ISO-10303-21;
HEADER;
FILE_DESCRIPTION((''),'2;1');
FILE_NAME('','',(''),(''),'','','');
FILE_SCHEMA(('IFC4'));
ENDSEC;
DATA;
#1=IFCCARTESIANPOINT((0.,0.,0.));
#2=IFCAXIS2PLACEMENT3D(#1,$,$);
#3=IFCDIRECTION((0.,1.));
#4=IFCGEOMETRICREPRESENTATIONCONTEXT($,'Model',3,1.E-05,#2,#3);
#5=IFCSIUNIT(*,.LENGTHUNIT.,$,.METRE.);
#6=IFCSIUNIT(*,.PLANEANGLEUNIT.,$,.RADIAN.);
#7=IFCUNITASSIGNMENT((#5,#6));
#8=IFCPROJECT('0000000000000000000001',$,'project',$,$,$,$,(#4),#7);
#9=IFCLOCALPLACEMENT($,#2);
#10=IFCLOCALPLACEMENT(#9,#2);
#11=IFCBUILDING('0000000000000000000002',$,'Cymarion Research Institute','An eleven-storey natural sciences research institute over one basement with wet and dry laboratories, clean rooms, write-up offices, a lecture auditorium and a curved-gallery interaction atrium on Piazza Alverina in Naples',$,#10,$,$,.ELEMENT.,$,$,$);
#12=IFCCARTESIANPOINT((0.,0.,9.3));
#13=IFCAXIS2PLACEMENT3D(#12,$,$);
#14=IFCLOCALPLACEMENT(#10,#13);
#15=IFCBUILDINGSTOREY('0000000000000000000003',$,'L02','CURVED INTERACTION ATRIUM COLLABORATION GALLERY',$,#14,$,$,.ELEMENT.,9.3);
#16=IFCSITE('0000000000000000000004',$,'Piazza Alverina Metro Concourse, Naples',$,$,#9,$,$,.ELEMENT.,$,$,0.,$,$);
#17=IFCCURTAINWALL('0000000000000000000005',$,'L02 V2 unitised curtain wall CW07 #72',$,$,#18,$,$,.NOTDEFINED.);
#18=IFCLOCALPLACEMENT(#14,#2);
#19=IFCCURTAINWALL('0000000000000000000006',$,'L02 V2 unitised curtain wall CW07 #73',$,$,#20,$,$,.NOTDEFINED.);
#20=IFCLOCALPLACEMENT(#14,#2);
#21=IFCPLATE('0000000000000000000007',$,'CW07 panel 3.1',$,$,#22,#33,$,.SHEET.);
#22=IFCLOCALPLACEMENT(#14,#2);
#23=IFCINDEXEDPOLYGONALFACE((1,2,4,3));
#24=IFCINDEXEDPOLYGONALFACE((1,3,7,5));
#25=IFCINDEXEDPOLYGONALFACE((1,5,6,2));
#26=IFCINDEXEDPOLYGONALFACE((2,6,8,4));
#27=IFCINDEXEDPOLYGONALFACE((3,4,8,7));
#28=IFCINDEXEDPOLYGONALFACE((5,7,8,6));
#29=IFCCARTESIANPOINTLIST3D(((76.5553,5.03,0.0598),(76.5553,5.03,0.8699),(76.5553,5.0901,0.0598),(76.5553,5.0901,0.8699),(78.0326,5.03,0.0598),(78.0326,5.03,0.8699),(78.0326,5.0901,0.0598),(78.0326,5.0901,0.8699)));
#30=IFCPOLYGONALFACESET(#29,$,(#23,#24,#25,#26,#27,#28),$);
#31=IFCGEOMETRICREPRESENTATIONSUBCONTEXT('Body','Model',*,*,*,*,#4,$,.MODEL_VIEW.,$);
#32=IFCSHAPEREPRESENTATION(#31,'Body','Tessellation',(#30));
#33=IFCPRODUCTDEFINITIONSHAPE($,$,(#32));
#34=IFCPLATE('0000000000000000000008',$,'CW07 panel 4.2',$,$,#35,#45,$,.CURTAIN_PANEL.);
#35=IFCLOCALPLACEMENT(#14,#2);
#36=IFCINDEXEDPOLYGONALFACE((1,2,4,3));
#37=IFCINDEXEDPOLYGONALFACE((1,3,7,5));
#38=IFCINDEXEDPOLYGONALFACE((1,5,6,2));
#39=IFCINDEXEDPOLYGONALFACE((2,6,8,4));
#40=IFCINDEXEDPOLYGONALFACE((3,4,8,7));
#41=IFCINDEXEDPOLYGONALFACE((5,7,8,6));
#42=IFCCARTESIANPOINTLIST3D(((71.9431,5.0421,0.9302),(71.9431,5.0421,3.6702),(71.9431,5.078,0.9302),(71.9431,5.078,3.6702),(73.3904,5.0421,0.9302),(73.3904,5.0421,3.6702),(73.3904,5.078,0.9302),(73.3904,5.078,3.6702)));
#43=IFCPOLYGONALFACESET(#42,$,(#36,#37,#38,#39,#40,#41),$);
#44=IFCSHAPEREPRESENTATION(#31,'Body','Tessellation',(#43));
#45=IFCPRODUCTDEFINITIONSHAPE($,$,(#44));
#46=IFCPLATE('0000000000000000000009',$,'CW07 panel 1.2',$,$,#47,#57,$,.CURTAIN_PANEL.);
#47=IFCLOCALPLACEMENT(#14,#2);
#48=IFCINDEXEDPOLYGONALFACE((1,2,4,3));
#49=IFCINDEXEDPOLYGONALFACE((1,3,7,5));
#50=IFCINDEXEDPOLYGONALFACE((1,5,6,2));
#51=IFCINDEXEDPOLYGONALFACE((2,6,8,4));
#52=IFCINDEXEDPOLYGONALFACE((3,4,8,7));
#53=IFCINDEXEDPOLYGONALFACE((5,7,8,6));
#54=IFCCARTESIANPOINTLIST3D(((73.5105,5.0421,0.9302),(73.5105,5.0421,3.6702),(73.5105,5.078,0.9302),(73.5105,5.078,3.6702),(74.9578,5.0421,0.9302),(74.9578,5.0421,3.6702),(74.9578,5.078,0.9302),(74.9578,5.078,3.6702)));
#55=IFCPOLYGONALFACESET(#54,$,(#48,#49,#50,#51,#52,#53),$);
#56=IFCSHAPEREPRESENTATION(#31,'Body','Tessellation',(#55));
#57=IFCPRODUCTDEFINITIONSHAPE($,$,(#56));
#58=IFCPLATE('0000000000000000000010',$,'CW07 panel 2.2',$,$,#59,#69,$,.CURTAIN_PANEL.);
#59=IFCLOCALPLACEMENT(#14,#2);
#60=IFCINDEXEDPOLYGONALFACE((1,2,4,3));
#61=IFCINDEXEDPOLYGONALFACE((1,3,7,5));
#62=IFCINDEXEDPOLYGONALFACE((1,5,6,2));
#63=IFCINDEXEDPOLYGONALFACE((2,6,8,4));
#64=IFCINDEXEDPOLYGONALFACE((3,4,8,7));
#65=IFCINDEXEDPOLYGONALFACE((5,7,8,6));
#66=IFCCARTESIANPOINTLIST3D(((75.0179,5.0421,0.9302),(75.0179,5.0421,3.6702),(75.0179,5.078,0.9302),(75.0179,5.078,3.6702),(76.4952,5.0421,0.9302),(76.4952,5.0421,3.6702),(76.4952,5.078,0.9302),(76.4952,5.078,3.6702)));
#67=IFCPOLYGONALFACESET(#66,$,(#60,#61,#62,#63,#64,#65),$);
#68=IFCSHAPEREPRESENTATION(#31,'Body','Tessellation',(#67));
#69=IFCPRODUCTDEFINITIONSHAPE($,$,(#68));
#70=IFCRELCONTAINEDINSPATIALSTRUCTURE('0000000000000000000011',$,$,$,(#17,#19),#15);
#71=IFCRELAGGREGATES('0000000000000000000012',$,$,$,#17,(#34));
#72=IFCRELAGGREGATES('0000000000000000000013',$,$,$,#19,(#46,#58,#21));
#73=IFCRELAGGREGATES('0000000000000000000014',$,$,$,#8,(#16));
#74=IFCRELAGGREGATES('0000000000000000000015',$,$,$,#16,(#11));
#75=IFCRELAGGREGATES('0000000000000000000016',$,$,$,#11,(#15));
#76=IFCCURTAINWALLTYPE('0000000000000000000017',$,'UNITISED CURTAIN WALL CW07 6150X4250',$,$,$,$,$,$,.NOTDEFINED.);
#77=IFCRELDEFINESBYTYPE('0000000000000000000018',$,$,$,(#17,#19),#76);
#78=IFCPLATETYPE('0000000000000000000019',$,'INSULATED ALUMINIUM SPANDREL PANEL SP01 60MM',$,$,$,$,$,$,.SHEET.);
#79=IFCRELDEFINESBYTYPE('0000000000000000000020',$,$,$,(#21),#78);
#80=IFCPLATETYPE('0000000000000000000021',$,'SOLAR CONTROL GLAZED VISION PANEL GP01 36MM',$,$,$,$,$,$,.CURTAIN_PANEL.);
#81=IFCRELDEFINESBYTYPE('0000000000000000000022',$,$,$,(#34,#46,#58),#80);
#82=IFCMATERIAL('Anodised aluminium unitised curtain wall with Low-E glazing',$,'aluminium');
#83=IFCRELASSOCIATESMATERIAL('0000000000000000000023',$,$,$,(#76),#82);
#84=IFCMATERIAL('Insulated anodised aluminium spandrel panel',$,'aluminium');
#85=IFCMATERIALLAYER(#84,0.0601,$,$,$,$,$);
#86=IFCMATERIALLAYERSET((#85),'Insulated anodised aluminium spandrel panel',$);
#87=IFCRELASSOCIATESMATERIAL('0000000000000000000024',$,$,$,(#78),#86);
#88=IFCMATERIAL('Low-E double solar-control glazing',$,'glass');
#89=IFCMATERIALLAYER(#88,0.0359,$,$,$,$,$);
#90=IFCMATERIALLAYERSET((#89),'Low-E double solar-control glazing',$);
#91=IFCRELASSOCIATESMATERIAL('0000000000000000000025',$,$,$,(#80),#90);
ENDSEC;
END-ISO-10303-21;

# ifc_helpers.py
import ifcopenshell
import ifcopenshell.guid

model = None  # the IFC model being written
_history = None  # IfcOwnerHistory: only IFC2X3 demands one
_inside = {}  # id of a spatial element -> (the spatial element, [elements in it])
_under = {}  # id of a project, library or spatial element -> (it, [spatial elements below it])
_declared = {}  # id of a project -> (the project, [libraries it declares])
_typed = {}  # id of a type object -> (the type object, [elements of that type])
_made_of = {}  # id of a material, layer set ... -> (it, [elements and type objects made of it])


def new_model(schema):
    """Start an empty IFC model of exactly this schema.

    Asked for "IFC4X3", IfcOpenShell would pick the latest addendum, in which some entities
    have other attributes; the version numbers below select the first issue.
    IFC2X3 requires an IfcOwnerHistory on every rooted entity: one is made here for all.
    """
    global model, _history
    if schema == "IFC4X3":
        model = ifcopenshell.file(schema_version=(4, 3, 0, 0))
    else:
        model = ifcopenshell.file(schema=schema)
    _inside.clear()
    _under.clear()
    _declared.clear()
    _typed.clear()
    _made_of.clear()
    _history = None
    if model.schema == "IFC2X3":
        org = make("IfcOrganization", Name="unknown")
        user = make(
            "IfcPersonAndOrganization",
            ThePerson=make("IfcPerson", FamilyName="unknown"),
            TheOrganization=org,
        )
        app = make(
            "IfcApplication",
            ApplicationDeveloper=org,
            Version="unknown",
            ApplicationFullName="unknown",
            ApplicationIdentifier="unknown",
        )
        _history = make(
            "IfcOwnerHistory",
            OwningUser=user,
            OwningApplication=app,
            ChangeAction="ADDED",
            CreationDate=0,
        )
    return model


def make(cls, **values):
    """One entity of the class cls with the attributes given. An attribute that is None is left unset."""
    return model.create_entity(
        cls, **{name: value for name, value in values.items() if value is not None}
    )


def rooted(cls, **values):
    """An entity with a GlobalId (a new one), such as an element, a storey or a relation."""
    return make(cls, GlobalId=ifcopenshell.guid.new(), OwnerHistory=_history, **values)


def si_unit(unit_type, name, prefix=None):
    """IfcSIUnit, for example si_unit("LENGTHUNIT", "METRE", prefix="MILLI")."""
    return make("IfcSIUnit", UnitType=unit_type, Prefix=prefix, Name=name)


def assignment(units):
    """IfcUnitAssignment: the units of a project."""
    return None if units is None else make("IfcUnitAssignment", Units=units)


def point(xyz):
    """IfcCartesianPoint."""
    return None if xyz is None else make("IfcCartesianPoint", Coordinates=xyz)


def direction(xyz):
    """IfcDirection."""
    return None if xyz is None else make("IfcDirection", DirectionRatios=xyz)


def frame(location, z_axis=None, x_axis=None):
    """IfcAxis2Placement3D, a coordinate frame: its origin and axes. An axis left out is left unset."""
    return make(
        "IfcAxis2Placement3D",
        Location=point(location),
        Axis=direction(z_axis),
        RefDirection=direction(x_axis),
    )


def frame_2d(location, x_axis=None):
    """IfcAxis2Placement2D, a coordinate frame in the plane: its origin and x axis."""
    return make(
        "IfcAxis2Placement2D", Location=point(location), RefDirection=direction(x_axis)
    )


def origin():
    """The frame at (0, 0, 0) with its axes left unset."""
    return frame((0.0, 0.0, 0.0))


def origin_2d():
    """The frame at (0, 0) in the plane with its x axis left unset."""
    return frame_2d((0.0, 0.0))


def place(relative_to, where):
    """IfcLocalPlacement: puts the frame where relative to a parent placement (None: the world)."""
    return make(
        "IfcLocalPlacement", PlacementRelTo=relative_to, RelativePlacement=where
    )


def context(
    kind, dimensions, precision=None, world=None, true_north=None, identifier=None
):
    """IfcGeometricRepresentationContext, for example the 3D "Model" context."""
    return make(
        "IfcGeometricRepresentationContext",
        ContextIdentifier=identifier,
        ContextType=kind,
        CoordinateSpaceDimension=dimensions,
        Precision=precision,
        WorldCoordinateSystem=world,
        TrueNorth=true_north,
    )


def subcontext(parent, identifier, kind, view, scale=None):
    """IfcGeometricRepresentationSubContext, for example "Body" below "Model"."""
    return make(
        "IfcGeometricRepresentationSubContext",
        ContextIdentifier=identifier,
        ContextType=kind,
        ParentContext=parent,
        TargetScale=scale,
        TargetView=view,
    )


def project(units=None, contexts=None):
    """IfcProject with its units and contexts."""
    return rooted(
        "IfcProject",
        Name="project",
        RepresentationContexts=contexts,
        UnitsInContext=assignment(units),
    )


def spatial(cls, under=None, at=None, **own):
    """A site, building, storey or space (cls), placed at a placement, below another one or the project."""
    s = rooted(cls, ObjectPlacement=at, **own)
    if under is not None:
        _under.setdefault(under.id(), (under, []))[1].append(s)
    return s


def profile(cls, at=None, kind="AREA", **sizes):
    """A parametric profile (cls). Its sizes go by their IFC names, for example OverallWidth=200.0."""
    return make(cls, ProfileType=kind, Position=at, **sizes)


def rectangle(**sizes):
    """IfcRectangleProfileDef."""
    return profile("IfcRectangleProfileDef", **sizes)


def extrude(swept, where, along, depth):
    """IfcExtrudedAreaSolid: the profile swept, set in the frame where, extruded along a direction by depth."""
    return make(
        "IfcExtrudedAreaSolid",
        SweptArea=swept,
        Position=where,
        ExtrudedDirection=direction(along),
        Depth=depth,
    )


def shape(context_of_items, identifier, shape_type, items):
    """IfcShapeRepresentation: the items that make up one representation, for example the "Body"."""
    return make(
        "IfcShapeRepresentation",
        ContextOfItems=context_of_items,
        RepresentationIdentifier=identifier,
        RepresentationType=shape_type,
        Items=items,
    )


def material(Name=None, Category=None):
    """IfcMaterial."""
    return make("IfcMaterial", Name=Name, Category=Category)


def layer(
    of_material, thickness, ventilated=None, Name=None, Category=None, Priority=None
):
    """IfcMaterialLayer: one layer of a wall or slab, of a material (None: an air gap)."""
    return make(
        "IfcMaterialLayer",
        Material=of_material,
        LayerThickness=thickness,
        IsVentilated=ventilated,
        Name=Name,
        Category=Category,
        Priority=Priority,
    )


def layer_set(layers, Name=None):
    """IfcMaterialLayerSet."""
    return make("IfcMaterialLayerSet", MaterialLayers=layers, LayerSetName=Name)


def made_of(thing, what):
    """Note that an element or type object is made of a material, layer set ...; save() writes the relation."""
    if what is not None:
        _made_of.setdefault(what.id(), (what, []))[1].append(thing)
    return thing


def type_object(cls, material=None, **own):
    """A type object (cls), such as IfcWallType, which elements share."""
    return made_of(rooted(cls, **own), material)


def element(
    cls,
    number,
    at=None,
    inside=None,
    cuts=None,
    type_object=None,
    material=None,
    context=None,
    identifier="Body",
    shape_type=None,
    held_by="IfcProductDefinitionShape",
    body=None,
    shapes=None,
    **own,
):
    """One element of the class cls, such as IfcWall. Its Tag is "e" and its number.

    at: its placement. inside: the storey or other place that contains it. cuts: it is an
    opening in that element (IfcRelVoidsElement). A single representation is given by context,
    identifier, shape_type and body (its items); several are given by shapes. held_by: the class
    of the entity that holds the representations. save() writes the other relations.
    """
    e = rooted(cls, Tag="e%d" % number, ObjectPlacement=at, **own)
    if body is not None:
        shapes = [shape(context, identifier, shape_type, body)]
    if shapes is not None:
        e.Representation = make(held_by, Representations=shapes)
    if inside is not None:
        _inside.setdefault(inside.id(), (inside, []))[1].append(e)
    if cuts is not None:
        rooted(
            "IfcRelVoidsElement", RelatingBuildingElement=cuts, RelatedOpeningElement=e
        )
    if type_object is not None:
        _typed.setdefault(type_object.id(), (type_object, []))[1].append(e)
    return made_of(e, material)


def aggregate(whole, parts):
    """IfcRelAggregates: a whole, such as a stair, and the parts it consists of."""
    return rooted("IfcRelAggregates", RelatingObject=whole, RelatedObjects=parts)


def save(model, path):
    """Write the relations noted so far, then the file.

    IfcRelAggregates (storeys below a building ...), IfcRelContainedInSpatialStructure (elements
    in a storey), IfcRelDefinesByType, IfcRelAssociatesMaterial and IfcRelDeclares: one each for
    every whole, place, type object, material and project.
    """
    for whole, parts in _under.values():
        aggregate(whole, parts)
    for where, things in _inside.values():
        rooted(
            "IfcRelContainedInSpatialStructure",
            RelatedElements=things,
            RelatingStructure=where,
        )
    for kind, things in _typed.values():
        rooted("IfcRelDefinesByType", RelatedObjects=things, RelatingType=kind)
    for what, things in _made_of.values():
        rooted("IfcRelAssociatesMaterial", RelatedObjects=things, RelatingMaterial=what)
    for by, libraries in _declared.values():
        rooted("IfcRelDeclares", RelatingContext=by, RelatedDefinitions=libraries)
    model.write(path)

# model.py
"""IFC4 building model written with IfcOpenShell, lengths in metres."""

from ifc_helpers import new_model, si_unit, direction, frame, origin, origin_2d, place, context, subcontext, project, spatial, rectangle, extrude, material, layer, layer_set, type_object, element, aggregate, save


model = new_model("IFC4")

# Units and contexts
model_context = context("Model", 3, precision=1e-05, world=origin(), true_north=direction((0.0, 1.0)))
body_context = subcontext(model_context, "Body", "Model", "MODEL_VIEW")
ifc_project = project(units=[si_unit("LENGTHUNIT", "METRE"), si_unit("PLANEANGLEUNIT", "RADIAN")], contexts=[model_context])

# Site, building, storey
site_placement = place(None, origin())
site = spatial("IfcSite", under=ifc_project, at=site_placement, Name="Piazza Alverina Metro Concourse, Naples", CompositionType="ELEMENT", RefElevation=0.0)
building_placement = place(site_placement, origin())
building = spatial("IfcBuilding", under=site, at=building_placement, Name="Cymarion Research Institute", Description="An eleven-storey natural sciences research institute over one basement with wet and dry laboratories, clean rooms, write-up offices, a lecture auditorium and a curved-gallery interaction atrium on Piazza Alverina in Naples", CompositionType="ELEMENT")
storey_placement = place(building_placement, frame((0.0, 0.0, 9.3)))
storey = spatial("IfcBuildingStorey", under=building, at=storey_placement, Name="L02", Description="CURVED INTERACTION ATRIUM COLLABORATION GALLERY", CompositionType="ELEMENT", Elevation=9.3)

# Curtain wall
ifc_material_1 = material(Name="Anodised aluminium unitised curtain wall with Low-E glazing", Category="aluminium")
curtain_wall_type = type_object("IfcCurtainWallType", Name="UNITISED CURTAIN WALL CW07 6150X4250", PredefinedType="NOTDEFINED", material=ifc_material_1)
curtain_wall_1_placement = place(storey_placement, origin())
curtain_wall_1 = element("IfcCurtainWall", 1, at=curtain_wall_1_placement, inside=storey, type_object=curtain_wall_type, Name="L02 V2 unitised curtain wall CW07 #72", PredefinedType="NOTDEFINED")

# Curtain wall
curtain_wall_2_placement = place(storey_placement, origin())
curtain_wall_2 = element("IfcCurtainWall", 2, at=curtain_wall_2_placement, inside=storey, type_object=curtain_wall_type, Name="L02 V2 unitised curtain wall CW07 #73", PredefinedType="NOTDEFINED")

# Plates
ifc_material_2 = material(Name="Insulated anodised aluminium spandrel panel", Category="aluminium")
ifc_layer_1 = layer(ifc_material_2, 0.0601)
ifc_layer_set_1 = layer_set([ifc_layer_1], Name="Insulated anodised aluminium spandrel panel")
plate_type_1 = type_object("IfcPlateType", Name="INSULATED ALUMINIUM SPANDREL PANEL SP01 60MM", PredefinedType="SHEET", material=ifc_layer_set_1)
plate_1_placement = place(storey_placement, frame((77.2939, 5.0601, 0.0598), z_axis=(0.0, 0.0, 1.0), x_axis=(1.0, 0.0, 0.0)))
plate_1 = element("IfcPlate", 3, at=plate_1_placement, type_object=plate_type_1, Name="CW07 panel 3.1", PredefinedType="SHEET", context=body_context, shape_type="SweptSolid", body=[
    extrude(rectangle(XDim=1.4773, YDim=0.0601, at=origin_2d()), origin(), (0.0, 0.0, 1.0), 0.8101),
])
ifc_material_3 = material(Name="Low-E double solar-control glazing", Category="glass")
ifc_layer_2 = layer(ifc_material_3, 0.0359)
ifc_layer_set_2 = layer_set([ifc_layer_2], Name="Low-E double solar-control glazing")
plate_type_2 = type_object("IfcPlateType", Name="SOLAR CONTROL GLAZED VISION PANEL GP01 36MM", PredefinedType="CURTAIN_PANEL", material=ifc_layer_set_2)
plate_2_placement = place(storey_placement, frame((72.6667, 5.0601, 0.9302), z_axis=(0.0, 0.0, 1.0), x_axis=(1.0, 0.0, 0.0)))
plate_2 = element("IfcPlate", 4, at=plate_2_placement, type_object=plate_type_2, Name="CW07 panel 4.2", PredefinedType="CURTAIN_PANEL", context=body_context, shape_type="SweptSolid", body=[
    extrude(rectangle(XDim=1.4473, YDim=0.0359, at=origin_2d()), origin(), (0.0, 0.0, 1.0), 2.74),
])
aggregate(curtain_wall_1, [plate_2])
plate_3_placement = place(storey_placement, frame((74.2341, 5.0601, 0.9302), z_axis=(0.0, 0.0, 1.0), x_axis=(1.0, 0.0, 0.0)))
plate_3 = element("IfcPlate", 5, at=plate_3_placement, type_object=plate_type_2, Name="CW07 panel 1.2", PredefinedType="CURTAIN_PANEL", context=body_context, shape_type="SweptSolid", body=[
    extrude(rectangle(XDim=1.4473, YDim=0.0359, at=origin_2d()), origin(), (0.0, 0.0, 1.0), 2.74),
])
plate_4_placement = place(storey_placement, frame((75.7566, 5.0601, 0.9302), z_axis=(0.0, 0.0, 1.0), x_axis=(1.0, 0.0, 0.0)))
plate_4 = element("IfcPlate", 6, at=plate_4_placement, type_object=plate_type_2, Name="CW07 panel 2.2", PredefinedType="CURTAIN_PANEL", context=body_context, shape_type="SweptSolid", body=[
    extrude(rectangle(XDim=1.4773, YDim=0.0359, at=origin_2d()), origin(), (0.0, 0.0, 1.0), 2.74),
])
aggregate(curtain_wall_2, [plate_3, plate_4, plate_1])

save(model, "model.ifc")
